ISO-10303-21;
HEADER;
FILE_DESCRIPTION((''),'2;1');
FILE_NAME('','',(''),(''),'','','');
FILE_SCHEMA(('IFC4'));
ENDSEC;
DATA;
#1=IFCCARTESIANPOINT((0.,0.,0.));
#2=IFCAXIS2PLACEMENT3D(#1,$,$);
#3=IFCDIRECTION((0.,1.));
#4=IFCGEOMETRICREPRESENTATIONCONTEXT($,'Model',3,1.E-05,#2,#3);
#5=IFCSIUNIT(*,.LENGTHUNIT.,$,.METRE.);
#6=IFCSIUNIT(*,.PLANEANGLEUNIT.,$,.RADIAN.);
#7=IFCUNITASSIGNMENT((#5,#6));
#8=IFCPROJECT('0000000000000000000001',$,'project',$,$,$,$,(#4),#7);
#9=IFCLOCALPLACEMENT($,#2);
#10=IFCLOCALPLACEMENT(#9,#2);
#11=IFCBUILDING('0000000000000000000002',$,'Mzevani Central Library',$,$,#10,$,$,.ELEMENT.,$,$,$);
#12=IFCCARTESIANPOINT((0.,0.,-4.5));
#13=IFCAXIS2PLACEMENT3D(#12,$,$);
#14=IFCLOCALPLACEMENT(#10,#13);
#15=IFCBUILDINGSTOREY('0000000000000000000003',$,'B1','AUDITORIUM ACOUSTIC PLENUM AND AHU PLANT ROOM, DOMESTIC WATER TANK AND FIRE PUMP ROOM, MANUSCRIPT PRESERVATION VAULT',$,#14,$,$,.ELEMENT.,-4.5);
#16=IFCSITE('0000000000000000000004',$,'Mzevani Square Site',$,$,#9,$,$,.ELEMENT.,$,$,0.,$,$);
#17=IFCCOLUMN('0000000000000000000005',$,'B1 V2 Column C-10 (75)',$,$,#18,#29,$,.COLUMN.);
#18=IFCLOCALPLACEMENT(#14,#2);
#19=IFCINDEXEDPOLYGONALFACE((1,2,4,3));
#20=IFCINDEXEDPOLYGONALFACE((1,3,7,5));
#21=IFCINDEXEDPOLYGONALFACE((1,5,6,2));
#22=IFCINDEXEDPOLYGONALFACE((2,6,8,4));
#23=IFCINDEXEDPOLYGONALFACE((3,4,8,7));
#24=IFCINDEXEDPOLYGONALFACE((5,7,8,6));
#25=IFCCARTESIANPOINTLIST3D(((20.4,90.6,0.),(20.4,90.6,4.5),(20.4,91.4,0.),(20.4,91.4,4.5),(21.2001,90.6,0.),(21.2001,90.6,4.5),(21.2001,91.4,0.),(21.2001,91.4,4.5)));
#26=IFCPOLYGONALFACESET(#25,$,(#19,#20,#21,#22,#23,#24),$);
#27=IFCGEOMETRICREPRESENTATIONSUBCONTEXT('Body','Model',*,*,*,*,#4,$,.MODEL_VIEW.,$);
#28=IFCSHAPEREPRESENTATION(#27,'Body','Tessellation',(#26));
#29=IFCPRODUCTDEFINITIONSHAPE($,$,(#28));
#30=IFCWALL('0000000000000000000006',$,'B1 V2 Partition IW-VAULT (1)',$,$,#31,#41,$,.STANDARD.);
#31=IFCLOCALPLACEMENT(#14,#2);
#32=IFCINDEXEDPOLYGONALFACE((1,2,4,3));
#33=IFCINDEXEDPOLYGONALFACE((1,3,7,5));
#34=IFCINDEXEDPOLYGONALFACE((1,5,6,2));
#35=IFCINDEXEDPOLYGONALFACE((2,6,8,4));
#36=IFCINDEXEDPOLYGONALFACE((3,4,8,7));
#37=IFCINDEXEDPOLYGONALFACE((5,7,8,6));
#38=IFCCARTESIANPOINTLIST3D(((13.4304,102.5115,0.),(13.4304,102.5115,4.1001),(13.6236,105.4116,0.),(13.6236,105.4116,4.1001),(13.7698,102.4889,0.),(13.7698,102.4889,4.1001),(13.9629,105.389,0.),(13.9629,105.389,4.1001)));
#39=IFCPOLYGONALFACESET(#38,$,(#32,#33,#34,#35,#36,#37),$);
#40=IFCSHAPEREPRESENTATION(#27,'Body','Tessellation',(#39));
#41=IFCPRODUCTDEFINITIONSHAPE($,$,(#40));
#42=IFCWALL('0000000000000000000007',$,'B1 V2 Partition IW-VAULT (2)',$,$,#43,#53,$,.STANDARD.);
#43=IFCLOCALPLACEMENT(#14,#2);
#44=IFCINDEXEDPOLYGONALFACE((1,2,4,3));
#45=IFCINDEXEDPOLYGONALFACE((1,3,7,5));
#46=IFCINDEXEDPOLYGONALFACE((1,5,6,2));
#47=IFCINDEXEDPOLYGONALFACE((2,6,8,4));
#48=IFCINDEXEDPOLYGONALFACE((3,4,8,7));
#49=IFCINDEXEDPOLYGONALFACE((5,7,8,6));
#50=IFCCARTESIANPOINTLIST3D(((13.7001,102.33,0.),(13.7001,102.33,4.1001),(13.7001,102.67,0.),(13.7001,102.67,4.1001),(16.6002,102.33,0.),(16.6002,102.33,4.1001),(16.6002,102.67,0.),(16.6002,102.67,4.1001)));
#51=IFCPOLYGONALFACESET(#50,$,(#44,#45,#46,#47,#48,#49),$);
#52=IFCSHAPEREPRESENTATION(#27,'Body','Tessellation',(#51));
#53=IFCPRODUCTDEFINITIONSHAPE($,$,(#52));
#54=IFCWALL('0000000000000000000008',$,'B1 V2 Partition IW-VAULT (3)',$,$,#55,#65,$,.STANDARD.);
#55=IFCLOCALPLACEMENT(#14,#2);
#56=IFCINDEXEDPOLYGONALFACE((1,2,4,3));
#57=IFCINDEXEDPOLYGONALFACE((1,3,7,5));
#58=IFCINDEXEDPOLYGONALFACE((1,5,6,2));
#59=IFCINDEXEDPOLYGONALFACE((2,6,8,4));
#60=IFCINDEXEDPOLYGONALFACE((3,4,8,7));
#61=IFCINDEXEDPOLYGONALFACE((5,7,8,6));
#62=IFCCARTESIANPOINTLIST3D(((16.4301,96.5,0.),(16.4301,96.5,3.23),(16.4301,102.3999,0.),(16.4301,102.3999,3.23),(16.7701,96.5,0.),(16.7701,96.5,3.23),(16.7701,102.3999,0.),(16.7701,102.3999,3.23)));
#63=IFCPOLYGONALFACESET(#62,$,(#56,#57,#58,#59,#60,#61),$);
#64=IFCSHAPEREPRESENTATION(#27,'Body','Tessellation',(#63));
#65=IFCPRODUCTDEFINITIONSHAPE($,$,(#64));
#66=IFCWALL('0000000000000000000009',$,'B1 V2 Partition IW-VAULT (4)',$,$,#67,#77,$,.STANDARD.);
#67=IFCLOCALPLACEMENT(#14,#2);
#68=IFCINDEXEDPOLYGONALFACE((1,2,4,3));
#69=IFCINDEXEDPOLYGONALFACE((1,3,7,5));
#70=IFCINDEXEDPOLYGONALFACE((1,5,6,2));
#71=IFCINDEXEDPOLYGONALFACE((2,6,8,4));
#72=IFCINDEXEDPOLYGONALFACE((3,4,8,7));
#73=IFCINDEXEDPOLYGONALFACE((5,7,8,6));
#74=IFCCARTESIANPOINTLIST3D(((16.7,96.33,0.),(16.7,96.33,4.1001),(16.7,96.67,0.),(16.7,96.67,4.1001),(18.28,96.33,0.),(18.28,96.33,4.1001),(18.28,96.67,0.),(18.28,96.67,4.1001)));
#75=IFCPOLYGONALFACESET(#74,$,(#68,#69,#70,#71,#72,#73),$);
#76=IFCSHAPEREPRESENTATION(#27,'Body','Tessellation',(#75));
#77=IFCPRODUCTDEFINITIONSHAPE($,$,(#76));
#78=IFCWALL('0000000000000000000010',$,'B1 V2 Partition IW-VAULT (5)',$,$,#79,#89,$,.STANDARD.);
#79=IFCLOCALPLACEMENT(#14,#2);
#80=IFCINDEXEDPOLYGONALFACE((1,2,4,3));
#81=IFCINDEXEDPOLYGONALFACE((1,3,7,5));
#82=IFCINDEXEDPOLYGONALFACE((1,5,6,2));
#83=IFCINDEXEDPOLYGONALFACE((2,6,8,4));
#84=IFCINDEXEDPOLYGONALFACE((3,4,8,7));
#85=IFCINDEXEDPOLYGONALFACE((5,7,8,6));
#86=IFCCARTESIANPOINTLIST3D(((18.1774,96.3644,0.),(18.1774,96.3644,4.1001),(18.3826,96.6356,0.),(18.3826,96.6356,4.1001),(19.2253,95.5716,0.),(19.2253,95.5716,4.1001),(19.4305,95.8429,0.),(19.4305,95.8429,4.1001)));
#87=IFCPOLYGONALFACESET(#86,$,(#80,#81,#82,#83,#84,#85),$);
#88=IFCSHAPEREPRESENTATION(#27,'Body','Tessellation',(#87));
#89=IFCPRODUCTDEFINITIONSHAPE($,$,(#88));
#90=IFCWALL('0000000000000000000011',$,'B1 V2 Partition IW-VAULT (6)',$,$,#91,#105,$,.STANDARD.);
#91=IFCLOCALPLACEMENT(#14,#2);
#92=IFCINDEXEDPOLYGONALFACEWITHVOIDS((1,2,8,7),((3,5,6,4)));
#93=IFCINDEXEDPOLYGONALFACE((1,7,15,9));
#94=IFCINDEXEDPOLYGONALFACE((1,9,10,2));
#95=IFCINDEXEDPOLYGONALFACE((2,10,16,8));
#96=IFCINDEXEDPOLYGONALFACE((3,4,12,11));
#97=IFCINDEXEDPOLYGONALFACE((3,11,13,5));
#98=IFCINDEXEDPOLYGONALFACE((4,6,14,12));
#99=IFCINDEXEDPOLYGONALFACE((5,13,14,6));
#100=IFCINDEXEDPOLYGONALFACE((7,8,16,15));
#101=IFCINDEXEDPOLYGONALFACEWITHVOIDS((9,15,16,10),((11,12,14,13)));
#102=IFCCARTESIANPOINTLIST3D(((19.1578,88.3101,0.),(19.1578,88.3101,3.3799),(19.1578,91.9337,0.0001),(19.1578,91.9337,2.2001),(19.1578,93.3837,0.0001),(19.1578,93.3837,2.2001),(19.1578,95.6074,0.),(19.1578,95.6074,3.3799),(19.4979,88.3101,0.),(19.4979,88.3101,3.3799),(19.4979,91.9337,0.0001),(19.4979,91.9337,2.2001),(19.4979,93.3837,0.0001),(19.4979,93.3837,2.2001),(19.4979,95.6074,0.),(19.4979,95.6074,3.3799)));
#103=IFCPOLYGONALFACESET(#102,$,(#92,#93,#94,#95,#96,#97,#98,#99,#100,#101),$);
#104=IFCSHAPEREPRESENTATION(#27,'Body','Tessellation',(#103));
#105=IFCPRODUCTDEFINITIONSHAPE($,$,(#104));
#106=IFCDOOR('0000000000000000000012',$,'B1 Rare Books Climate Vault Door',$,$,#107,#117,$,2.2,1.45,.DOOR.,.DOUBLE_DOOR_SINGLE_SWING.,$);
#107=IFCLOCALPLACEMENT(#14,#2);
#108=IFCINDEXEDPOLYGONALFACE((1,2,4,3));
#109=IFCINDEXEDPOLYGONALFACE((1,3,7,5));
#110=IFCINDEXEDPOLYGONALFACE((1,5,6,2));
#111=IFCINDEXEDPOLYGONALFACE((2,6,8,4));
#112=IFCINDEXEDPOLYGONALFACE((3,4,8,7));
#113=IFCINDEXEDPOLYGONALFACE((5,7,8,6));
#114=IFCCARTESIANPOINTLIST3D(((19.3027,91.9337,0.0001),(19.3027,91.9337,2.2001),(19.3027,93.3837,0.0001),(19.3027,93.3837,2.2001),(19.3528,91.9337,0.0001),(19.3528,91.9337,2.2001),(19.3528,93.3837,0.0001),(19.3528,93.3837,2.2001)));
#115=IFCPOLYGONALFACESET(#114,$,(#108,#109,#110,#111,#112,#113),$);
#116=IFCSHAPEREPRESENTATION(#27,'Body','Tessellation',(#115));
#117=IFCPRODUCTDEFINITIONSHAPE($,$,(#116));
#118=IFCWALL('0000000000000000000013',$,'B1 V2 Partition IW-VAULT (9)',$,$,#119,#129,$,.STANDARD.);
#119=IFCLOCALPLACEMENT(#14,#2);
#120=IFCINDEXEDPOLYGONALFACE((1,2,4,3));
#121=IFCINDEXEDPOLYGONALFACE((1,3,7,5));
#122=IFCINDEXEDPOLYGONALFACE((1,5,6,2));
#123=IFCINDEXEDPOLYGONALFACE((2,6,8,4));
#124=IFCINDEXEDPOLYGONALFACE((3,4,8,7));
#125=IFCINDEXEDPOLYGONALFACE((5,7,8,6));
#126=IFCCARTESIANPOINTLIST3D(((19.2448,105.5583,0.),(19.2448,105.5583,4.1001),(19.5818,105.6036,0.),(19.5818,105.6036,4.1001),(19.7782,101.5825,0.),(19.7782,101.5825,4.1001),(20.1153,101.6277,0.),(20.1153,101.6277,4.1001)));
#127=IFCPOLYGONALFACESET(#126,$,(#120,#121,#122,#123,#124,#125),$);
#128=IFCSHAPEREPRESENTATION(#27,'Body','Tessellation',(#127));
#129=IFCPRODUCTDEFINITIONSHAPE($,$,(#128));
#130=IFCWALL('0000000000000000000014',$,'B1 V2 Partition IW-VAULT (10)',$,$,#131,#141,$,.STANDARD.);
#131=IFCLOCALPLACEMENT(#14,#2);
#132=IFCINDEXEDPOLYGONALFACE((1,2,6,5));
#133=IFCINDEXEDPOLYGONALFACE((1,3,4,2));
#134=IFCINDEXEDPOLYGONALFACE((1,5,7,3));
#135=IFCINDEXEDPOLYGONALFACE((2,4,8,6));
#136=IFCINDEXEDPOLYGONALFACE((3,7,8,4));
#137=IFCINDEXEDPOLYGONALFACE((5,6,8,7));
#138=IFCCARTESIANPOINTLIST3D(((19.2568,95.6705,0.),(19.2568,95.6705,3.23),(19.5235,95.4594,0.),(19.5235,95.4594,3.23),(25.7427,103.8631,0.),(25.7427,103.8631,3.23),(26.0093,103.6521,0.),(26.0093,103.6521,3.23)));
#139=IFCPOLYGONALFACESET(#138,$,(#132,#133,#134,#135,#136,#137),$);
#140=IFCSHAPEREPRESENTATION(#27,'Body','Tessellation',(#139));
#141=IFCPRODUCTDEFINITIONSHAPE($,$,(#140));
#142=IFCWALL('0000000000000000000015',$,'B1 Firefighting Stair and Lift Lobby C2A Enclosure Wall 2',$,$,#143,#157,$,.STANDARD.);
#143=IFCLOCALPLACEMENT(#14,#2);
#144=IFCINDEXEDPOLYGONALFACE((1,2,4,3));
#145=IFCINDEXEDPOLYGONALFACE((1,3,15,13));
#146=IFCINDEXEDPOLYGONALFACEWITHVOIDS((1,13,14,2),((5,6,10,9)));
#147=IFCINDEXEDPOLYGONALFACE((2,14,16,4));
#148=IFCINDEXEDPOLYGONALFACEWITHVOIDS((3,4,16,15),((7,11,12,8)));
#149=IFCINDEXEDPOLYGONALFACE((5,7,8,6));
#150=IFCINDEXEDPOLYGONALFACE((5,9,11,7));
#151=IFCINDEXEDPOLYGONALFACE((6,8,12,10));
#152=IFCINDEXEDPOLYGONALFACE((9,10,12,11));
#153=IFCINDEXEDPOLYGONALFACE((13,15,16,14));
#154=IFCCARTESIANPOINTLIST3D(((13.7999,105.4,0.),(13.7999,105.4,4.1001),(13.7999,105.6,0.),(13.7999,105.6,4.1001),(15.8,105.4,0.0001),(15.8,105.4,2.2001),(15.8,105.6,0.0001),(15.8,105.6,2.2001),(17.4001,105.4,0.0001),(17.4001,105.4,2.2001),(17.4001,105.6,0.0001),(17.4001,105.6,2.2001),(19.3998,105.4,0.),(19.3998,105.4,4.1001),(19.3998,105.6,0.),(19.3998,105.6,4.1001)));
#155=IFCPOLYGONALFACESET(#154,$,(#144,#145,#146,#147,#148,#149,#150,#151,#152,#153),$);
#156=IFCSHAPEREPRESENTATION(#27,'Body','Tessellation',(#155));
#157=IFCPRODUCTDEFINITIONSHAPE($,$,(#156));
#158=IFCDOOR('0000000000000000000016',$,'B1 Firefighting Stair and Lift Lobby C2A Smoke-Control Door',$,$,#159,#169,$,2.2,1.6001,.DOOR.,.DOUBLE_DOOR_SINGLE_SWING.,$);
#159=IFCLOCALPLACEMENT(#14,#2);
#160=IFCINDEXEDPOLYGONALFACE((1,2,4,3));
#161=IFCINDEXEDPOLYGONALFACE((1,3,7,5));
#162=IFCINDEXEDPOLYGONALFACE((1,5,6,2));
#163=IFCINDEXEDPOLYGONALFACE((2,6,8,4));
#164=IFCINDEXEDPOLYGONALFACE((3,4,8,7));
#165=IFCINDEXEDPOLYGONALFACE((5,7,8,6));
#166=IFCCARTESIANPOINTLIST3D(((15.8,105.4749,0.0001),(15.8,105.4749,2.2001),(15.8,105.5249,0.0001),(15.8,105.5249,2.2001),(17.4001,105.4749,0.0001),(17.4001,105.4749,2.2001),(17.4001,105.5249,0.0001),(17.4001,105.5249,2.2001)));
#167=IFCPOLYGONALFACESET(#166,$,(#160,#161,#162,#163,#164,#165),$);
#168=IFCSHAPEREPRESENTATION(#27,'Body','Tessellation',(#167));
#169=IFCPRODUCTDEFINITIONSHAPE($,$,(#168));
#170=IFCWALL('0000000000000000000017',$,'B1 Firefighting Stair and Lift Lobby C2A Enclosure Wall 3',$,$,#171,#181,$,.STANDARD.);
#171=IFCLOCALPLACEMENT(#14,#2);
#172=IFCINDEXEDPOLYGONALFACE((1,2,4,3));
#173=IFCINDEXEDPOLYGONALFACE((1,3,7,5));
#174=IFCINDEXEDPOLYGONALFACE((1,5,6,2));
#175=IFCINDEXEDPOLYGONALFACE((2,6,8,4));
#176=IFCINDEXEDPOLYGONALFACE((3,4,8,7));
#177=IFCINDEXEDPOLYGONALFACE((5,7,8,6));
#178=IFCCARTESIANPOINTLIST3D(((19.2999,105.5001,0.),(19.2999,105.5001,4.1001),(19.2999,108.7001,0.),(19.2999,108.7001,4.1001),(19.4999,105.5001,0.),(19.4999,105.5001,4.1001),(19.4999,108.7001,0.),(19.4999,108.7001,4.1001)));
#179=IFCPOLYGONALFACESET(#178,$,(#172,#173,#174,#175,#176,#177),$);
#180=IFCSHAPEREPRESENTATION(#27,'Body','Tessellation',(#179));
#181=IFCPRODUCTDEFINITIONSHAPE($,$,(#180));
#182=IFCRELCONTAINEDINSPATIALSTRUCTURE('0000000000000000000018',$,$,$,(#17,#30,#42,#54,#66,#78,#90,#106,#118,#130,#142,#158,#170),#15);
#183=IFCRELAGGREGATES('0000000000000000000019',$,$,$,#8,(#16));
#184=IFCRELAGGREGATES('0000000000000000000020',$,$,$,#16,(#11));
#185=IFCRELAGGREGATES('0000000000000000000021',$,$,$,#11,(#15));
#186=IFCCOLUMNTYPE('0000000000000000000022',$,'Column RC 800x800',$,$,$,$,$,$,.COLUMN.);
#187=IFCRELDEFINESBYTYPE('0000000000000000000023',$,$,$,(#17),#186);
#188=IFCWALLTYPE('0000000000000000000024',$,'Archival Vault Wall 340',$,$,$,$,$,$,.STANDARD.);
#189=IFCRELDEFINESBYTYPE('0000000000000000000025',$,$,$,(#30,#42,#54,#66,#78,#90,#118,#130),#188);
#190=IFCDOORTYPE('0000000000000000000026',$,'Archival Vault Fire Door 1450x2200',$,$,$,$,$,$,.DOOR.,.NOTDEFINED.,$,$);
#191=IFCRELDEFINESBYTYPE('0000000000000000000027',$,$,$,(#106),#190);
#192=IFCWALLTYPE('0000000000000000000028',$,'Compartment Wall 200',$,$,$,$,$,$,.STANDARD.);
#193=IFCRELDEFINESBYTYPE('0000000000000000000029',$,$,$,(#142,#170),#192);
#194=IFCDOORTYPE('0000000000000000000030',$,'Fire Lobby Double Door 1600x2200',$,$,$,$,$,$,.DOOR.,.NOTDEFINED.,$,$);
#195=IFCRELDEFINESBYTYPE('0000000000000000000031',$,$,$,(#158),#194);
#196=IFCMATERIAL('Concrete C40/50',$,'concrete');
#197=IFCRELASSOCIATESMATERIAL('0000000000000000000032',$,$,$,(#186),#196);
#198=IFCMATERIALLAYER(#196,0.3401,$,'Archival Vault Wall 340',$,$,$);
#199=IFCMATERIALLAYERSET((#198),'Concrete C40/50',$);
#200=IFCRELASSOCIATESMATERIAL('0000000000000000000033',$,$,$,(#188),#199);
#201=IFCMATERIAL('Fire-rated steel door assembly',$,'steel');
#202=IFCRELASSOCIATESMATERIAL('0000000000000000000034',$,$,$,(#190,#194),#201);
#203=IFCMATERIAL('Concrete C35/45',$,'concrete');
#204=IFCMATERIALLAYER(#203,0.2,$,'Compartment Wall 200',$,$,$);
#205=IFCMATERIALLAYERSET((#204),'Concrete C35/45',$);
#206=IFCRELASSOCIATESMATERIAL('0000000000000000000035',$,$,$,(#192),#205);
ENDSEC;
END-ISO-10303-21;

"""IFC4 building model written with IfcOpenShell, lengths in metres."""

from ifc_helpers import new_model, si_unit, direction, frame, frame_2d, origin, origin_2d, place, context, subcontext, project, spatial, rectangle, extrude, material, layer, layer_set, material_profile, profile_set, type_object, element, fill, save


model = new_model("IFC4")

# Units and contexts
model_context = context("Model", 3, precision=1e-05, world=origin(), true_north=direction((0.0, 1.0)))
body_context = subcontext(model_context, "Body", "Model", "MODEL_VIEW")
ifc_project = project(units=[si_unit("LENGTHUNIT", "METRE"), si_unit("PLANEANGLEUNIT", "RADIAN")], contexts=[model_context])

# Site, building, storey
site_placement = place(None, origin())
site = spatial("IfcSite", under=ifc_project, at=site_placement, Name="Mzevani Square Site", CompositionType="ELEMENT", RefElevation=0.0)
building_placement = place(site_placement, origin())
building = spatial("IfcBuilding", under=site, at=building_placement, Name="Mzevani Central Library", CompositionType="ELEMENT")
storey_placement = place(building_placement, frame((0.0, 0.0, -4.5)))
storey = spatial("IfcBuildingStorey", under=building, at=storey_placement, Name="B1", Description="AUDITORIUM ACOUSTIC PLENUM AND AHU PLANT ROOM, DOMESTIC WATER TANK AND FIRE PUMP ROOM, MANUSCRIPT PRESERVATION VAULT", CompositionType="ELEMENT", Elevation=-4.5)

# Shared definitions
ifc_material_1 = material(Name="Concrete C40/50", Category="concrete")

# Column
ifc_material_profile_1 = material_profile(ifc_material_1, rectangle(XDim=0.8, YDim=0.8, at=origin_2d()), Name="RC 800x800")
ifc_profile_set_1 = profile_set([ifc_material_profile_1], Name="Concrete C40/50")
column_type_1 = type_object("IfcColumnType", Name="Column RC 800x800", PredefinedType="COLUMN", material=ifc_profile_set_1)
column_1_placement = place(storey_placement, frame((20.8, 91.0, 0.0), z_axis=(0.0, 0.0, 1.0), x_axis=(1.0, 0.0, 0.0)))
element("IfcColumn", 1, at=column_1_placement, inside=storey, type_object=column_type_1, Name="B1 V2 Column C-10 (75)", PredefinedType="COLUMN", context=body_context, shape_type="SweptSolid", body=[
    extrude(rectangle(XDim=0.8, YDim=0.8, at=origin_2d()), origin(), (0.0, 0.0, 1.0), 4.5),
])

# Walls
ifc_layer_1 = layer(ifc_material_1, 0.3401, Name="Archival Vault Wall 340")
ifc_layer_set_1 = layer_set([ifc_layer_1], Name="Concrete C40/50")
wall_type_1 = type_object("IfcWallType", Name="Archival Vault Wall 340", PredefinedType="STANDARD", material=ifc_layer_set_1)
wall_1_placement = place(storey_placement, frame((13.7932, 105.4001, 0.0), z_axis=(0.0, 0.0, 1.0), x_axis=(-0.066441, -0.99779, 0.0)))
element("IfcWall", 2, at=wall_1_placement, inside=storey, type_object=wall_type_1, Name="B1 V2 Partition IW-VAULT (1)", PredefinedType="STANDARD", context=body_context, shape_type="SweptSolid", body=[
    extrude(rectangle(XDim=2.9065, YDim=0.3401, at=frame_2d((1.4531, 0.0))), origin(), (0.0, 0.0, 1.0), 4.1001),
])
wall_2_placement = place(storey_placement, frame((13.7, 102.5, 0.0), z_axis=(0.0, 0.0, 1.0), x_axis=(1.0, 0.0, 0.0)))
element("IfcWall", 3, at=wall_2_placement, inside=storey, type_object=wall_type_1, Name="B1 V2 Partition IW-VAULT (2)", PredefinedType="STANDARD", context=body_context, shape_type="SweptSolid", body=[
    extrude(rectangle(XDim=2.9001, YDim=0.3401, at=frame_2d((1.4502, 0.0))), origin(), (0.0, 0.0, 1.0), 4.1001),
])
wall_3_placement = place(storey_placement, frame((16.6001, 102.3999, 0.0), z_axis=(0.0, 0.0, 1.0), x_axis=(0.0, -1.0, 0.0)))
element("IfcWall", 4, at=wall_3_placement, inside=storey, type_object=wall_type_1, Name="B1 V2 Partition IW-VAULT (3)", PredefinedType="STANDARD", context=body_context, shape_type="SweptSolid", body=[
    extrude(rectangle(XDim=5.8999, YDim=0.3401, at=frame_2d((2.95, 0.0))), origin(), (0.0, 0.0, 1.0), 3.23),
])
wall_4_placement = place(storey_placement, frame((16.7, 96.5, 0.0), z_axis=(0.0, 0.0, 1.0), x_axis=(1.0, 0.0, 0.0)))
element("IfcWall", 5, at=wall_4_placement, inside=storey, type_object=wall_type_1, Name="B1 V2 Partition IW-VAULT (4)", PredefinedType="STANDARD", context=body_context, shape_type="SweptSolid", body=[
    extrude(rectangle(XDim=1.5801, YDim=0.3401, at=frame_2d((0.79, 0.0))), origin(), (0.0, 0.0, 1.0), 4.1001),
])
wall_5_placement = place(storey_placement, frame((18.28, 96.5, 0.0), z_axis=(0.0, 0.0, 1.0), x_axis=(0.797496, -0.603325, 0.0)))
element("IfcWall", 6, at=wall_5_placement, inside=storey, type_object=wall_type_1, Name="B1 V2 Partition IW-VAULT (5)", PredefinedType="STANDARD", context=body_context, shape_type="SweptSolid", body=[
    extrude(rectangle(XDim=1.314, YDim=0.3401, at=frame_2d((0.657, 0.0))), origin(), (0.0, 0.0, 1.0), 4.1001),
])

# Wall, opening, door
wall_6_placement = place(storey_placement, frame((19.3279, 95.6074, 0.0), z_axis=(0.0, 0.0, 1.0), x_axis=(0.0, -1.0, 0.0)))
wall_6 = element("IfcWall", 7, at=wall_6_placement, inside=storey, type_object=wall_type_1, Name="B1 V2 Partition IW-VAULT (6)", PredefinedType="STANDARD", context=body_context, shape_type="SweptSolid", body=[
    extrude(rectangle(XDim=7.2974, YDim=0.3401, at=frame_2d((3.6487, 0.0))), origin(), (0.0, 0.0, 1.0), 3.3799),
])
opening_1_placement = place(wall_6_placement, frame((2.2236, 0.0, 0.0)))
opening_1 = element("IfcOpeningElement", 8, at=opening_1_placement, cuts=wall_6, PredefinedType="OPENING", context=body_context, shape_type="SweptSolid", body=[
    extrude(rectangle(XDim=1.45, YDim=2.2, at=frame_2d((0.7251, 1.1001))), frame((0.0, 0.1802, 0.0), z_axis=(0.0, -1.0, 0.0), x_axis=(1.0, 0.0, 0.0)), (0.0, 0.0, 1.0), 0.3601),
])
ifc_material_2 = material(Name="Fire-rated steel door assembly", Category="steel")
door_type_1 = type_object("IfcDoorType", Name="Archival Vault Fire Door 1450x2200", OperationType="NOTDEFINED", PredefinedType="DOOR", material=ifc_material_2)
door_1_placement = place(opening_1_placement, origin())
door_1 = element("IfcDoor", 9, at=door_1_placement, inside=storey, type_object=door_type_1, Name="B1 Rare Books Climate Vault Door", OperationType="DOUBLE_DOOR_SINGLE_SWING", OverallHeight=2.2, OverallWidth=1.45, PredefinedType="DOOR", context=body_context, shape_type="SweptSolid", body=[
    extrude(rectangle(XDim=1.45, YDim=2.2, at=frame_2d((0.7251, 1.1001))), frame((0.0, 0.0249, 0.0), z_axis=(0.0, -1.0, 0.0), x_axis=(1.0, 0.0, 0.0)), (0.0, 0.0, 1.0), 0.05),
])
fill(opening_1, door_1)

# Walls
wall_7_placement = place(storey_placement, frame((19.9468, 101.605, 0.0), z_axis=(0.0, 0.0, 1.0), x_axis=(-0.132981, 0.991119, 0.0)))
element("IfcWall", 10, at=wall_7_placement, inside=storey, type_object=wall_type_1, Name="B1 V2 Partition IW-VAULT (9)", PredefinedType="STANDARD", context=body_context, shape_type="SweptSolid", body=[
    extrude(rectangle(XDim=4.0115, YDim=0.3401, at=frame_2d((2.0059, 0.0))), origin(), (0.0, 0.0, 1.0), 4.1001),
])
wall_8_placement = place(storey_placement, frame((19.3901, 95.5649, 0.0), z_axis=(0.0, 0.0, 1.0), x_axis=(0.620704, 0.784045, 0.0)))
element("IfcWall", 11, at=wall_8_placement, inside=storey, type_object=wall_type_1, Name="B1 V2 Partition IW-VAULT (10)", PredefinedType="STANDARD", context=body_context, shape_type="SweptSolid", body=[
    extrude(rectangle(XDim=10.4492, YDim=0.3401, at=frame_2d((5.2246, 0.0))), origin(), (0.0, 0.0, 1.0), 3.23),
])

# Wall, opening, door
ifc_material_3 = material(Name="Concrete C35/45", Category="concrete")
ifc_layer_2 = layer(ifc_material_3, 0.2, Name="Compartment Wall 200")
ifc_layer_set_2 = layer_set([ifc_layer_2], Name="Concrete C35/45")
wall_type_2 = type_object("IfcWallType", Name="Compartment Wall 200", PredefinedType="STANDARD", material=ifc_layer_set_2)
wall_9_placement = place(storey_placement, frame((13.8, 105.5, 0.0), z_axis=(0.0, 0.0, 1.0), x_axis=(1.0, 0.0, 0.0)))
wall_9 = element("IfcWall", 12, at=wall_9_placement, inside=storey, type_object=wall_type_2, Name="B1 Firefighting Stair and Lift Lobby C2A Enclosure Wall 2", PredefinedType="STANDARD", context=body_context, shape_type="SweptSolid", body=[
    extrude(rectangle(XDim=5.5999, YDim=0.2, at=frame_2d((2.7998, 0.0))), origin(), (0.0, 0.0, 1.0), 4.1001),
])
opening_2_placement = place(wall_9_placement, frame((2.0, 0.0, 0.0)))
opening_2 = element("IfcOpeningElement", 13, at=opening_2_placement, cuts=wall_9, PredefinedType="OPENING", context=body_context, shape_type="SweptSolid", body=[
    extrude(rectangle(XDim=1.6001, YDim=2.2, at=frame_2d((0.8, 1.1001))), frame((0.0, 0.1099, 0.0), z_axis=(0.0, -1.0, 0.0), x_axis=(1.0, 0.0, 0.0)), (0.0, 0.0, 1.0), 0.22),
])
door_type_2 = type_object("IfcDoorType", Name="Fire Lobby Double Door 1600x2200", OperationType="NOTDEFINED", PredefinedType="DOOR", material=ifc_material_2)
door_2_placement = place(opening_2_placement, origin())
door_2 = element("IfcDoor", 14, at=door_2_placement, inside=storey, type_object=door_type_2, Name="B1 Firefighting Stair and Lift Lobby C2A Smoke-Control Door", OperationType="DOUBLE_DOOR_SINGLE_SWING", OverallHeight=2.2, OverallWidth=1.6001, PredefinedType="DOOR", context=body_context, shape_type="SweptSolid", body=[
    extrude(rectangle(XDim=1.6001, YDim=2.2, at=frame_2d((0.8, 1.1001))), frame((0.0, 0.0249, 0.0), z_axis=(0.0, -1.0, 0.0), x_axis=(1.0, 0.0, 0.0)), (0.0, 0.0, 1.0), 0.05),
])
fill(opening_2, door_2)

# Wall
wall_10_placement = place(storey_placement, frame((19.3999, 105.5, 0.0), z_axis=(0.0, 0.0, 1.0), x_axis=(0.0, 1.0, 0.0)))
element("IfcWall", 15, at=wall_10_placement, inside=storey, type_object=wall_type_2, Name="B1 Firefighting Stair and Lift Lobby C2A Enclosure Wall 3", PredefinedType="STANDARD", context=body_context, shape_type="SweptSolid", body=[
    extrude(rectangle(XDim=3.2, YDim=0.2, at=frame_2d((1.6001, 0.0))), origin(), (0.0, 0.0, 1.0), 4.1001),
])

save(model, "model.ifc")
